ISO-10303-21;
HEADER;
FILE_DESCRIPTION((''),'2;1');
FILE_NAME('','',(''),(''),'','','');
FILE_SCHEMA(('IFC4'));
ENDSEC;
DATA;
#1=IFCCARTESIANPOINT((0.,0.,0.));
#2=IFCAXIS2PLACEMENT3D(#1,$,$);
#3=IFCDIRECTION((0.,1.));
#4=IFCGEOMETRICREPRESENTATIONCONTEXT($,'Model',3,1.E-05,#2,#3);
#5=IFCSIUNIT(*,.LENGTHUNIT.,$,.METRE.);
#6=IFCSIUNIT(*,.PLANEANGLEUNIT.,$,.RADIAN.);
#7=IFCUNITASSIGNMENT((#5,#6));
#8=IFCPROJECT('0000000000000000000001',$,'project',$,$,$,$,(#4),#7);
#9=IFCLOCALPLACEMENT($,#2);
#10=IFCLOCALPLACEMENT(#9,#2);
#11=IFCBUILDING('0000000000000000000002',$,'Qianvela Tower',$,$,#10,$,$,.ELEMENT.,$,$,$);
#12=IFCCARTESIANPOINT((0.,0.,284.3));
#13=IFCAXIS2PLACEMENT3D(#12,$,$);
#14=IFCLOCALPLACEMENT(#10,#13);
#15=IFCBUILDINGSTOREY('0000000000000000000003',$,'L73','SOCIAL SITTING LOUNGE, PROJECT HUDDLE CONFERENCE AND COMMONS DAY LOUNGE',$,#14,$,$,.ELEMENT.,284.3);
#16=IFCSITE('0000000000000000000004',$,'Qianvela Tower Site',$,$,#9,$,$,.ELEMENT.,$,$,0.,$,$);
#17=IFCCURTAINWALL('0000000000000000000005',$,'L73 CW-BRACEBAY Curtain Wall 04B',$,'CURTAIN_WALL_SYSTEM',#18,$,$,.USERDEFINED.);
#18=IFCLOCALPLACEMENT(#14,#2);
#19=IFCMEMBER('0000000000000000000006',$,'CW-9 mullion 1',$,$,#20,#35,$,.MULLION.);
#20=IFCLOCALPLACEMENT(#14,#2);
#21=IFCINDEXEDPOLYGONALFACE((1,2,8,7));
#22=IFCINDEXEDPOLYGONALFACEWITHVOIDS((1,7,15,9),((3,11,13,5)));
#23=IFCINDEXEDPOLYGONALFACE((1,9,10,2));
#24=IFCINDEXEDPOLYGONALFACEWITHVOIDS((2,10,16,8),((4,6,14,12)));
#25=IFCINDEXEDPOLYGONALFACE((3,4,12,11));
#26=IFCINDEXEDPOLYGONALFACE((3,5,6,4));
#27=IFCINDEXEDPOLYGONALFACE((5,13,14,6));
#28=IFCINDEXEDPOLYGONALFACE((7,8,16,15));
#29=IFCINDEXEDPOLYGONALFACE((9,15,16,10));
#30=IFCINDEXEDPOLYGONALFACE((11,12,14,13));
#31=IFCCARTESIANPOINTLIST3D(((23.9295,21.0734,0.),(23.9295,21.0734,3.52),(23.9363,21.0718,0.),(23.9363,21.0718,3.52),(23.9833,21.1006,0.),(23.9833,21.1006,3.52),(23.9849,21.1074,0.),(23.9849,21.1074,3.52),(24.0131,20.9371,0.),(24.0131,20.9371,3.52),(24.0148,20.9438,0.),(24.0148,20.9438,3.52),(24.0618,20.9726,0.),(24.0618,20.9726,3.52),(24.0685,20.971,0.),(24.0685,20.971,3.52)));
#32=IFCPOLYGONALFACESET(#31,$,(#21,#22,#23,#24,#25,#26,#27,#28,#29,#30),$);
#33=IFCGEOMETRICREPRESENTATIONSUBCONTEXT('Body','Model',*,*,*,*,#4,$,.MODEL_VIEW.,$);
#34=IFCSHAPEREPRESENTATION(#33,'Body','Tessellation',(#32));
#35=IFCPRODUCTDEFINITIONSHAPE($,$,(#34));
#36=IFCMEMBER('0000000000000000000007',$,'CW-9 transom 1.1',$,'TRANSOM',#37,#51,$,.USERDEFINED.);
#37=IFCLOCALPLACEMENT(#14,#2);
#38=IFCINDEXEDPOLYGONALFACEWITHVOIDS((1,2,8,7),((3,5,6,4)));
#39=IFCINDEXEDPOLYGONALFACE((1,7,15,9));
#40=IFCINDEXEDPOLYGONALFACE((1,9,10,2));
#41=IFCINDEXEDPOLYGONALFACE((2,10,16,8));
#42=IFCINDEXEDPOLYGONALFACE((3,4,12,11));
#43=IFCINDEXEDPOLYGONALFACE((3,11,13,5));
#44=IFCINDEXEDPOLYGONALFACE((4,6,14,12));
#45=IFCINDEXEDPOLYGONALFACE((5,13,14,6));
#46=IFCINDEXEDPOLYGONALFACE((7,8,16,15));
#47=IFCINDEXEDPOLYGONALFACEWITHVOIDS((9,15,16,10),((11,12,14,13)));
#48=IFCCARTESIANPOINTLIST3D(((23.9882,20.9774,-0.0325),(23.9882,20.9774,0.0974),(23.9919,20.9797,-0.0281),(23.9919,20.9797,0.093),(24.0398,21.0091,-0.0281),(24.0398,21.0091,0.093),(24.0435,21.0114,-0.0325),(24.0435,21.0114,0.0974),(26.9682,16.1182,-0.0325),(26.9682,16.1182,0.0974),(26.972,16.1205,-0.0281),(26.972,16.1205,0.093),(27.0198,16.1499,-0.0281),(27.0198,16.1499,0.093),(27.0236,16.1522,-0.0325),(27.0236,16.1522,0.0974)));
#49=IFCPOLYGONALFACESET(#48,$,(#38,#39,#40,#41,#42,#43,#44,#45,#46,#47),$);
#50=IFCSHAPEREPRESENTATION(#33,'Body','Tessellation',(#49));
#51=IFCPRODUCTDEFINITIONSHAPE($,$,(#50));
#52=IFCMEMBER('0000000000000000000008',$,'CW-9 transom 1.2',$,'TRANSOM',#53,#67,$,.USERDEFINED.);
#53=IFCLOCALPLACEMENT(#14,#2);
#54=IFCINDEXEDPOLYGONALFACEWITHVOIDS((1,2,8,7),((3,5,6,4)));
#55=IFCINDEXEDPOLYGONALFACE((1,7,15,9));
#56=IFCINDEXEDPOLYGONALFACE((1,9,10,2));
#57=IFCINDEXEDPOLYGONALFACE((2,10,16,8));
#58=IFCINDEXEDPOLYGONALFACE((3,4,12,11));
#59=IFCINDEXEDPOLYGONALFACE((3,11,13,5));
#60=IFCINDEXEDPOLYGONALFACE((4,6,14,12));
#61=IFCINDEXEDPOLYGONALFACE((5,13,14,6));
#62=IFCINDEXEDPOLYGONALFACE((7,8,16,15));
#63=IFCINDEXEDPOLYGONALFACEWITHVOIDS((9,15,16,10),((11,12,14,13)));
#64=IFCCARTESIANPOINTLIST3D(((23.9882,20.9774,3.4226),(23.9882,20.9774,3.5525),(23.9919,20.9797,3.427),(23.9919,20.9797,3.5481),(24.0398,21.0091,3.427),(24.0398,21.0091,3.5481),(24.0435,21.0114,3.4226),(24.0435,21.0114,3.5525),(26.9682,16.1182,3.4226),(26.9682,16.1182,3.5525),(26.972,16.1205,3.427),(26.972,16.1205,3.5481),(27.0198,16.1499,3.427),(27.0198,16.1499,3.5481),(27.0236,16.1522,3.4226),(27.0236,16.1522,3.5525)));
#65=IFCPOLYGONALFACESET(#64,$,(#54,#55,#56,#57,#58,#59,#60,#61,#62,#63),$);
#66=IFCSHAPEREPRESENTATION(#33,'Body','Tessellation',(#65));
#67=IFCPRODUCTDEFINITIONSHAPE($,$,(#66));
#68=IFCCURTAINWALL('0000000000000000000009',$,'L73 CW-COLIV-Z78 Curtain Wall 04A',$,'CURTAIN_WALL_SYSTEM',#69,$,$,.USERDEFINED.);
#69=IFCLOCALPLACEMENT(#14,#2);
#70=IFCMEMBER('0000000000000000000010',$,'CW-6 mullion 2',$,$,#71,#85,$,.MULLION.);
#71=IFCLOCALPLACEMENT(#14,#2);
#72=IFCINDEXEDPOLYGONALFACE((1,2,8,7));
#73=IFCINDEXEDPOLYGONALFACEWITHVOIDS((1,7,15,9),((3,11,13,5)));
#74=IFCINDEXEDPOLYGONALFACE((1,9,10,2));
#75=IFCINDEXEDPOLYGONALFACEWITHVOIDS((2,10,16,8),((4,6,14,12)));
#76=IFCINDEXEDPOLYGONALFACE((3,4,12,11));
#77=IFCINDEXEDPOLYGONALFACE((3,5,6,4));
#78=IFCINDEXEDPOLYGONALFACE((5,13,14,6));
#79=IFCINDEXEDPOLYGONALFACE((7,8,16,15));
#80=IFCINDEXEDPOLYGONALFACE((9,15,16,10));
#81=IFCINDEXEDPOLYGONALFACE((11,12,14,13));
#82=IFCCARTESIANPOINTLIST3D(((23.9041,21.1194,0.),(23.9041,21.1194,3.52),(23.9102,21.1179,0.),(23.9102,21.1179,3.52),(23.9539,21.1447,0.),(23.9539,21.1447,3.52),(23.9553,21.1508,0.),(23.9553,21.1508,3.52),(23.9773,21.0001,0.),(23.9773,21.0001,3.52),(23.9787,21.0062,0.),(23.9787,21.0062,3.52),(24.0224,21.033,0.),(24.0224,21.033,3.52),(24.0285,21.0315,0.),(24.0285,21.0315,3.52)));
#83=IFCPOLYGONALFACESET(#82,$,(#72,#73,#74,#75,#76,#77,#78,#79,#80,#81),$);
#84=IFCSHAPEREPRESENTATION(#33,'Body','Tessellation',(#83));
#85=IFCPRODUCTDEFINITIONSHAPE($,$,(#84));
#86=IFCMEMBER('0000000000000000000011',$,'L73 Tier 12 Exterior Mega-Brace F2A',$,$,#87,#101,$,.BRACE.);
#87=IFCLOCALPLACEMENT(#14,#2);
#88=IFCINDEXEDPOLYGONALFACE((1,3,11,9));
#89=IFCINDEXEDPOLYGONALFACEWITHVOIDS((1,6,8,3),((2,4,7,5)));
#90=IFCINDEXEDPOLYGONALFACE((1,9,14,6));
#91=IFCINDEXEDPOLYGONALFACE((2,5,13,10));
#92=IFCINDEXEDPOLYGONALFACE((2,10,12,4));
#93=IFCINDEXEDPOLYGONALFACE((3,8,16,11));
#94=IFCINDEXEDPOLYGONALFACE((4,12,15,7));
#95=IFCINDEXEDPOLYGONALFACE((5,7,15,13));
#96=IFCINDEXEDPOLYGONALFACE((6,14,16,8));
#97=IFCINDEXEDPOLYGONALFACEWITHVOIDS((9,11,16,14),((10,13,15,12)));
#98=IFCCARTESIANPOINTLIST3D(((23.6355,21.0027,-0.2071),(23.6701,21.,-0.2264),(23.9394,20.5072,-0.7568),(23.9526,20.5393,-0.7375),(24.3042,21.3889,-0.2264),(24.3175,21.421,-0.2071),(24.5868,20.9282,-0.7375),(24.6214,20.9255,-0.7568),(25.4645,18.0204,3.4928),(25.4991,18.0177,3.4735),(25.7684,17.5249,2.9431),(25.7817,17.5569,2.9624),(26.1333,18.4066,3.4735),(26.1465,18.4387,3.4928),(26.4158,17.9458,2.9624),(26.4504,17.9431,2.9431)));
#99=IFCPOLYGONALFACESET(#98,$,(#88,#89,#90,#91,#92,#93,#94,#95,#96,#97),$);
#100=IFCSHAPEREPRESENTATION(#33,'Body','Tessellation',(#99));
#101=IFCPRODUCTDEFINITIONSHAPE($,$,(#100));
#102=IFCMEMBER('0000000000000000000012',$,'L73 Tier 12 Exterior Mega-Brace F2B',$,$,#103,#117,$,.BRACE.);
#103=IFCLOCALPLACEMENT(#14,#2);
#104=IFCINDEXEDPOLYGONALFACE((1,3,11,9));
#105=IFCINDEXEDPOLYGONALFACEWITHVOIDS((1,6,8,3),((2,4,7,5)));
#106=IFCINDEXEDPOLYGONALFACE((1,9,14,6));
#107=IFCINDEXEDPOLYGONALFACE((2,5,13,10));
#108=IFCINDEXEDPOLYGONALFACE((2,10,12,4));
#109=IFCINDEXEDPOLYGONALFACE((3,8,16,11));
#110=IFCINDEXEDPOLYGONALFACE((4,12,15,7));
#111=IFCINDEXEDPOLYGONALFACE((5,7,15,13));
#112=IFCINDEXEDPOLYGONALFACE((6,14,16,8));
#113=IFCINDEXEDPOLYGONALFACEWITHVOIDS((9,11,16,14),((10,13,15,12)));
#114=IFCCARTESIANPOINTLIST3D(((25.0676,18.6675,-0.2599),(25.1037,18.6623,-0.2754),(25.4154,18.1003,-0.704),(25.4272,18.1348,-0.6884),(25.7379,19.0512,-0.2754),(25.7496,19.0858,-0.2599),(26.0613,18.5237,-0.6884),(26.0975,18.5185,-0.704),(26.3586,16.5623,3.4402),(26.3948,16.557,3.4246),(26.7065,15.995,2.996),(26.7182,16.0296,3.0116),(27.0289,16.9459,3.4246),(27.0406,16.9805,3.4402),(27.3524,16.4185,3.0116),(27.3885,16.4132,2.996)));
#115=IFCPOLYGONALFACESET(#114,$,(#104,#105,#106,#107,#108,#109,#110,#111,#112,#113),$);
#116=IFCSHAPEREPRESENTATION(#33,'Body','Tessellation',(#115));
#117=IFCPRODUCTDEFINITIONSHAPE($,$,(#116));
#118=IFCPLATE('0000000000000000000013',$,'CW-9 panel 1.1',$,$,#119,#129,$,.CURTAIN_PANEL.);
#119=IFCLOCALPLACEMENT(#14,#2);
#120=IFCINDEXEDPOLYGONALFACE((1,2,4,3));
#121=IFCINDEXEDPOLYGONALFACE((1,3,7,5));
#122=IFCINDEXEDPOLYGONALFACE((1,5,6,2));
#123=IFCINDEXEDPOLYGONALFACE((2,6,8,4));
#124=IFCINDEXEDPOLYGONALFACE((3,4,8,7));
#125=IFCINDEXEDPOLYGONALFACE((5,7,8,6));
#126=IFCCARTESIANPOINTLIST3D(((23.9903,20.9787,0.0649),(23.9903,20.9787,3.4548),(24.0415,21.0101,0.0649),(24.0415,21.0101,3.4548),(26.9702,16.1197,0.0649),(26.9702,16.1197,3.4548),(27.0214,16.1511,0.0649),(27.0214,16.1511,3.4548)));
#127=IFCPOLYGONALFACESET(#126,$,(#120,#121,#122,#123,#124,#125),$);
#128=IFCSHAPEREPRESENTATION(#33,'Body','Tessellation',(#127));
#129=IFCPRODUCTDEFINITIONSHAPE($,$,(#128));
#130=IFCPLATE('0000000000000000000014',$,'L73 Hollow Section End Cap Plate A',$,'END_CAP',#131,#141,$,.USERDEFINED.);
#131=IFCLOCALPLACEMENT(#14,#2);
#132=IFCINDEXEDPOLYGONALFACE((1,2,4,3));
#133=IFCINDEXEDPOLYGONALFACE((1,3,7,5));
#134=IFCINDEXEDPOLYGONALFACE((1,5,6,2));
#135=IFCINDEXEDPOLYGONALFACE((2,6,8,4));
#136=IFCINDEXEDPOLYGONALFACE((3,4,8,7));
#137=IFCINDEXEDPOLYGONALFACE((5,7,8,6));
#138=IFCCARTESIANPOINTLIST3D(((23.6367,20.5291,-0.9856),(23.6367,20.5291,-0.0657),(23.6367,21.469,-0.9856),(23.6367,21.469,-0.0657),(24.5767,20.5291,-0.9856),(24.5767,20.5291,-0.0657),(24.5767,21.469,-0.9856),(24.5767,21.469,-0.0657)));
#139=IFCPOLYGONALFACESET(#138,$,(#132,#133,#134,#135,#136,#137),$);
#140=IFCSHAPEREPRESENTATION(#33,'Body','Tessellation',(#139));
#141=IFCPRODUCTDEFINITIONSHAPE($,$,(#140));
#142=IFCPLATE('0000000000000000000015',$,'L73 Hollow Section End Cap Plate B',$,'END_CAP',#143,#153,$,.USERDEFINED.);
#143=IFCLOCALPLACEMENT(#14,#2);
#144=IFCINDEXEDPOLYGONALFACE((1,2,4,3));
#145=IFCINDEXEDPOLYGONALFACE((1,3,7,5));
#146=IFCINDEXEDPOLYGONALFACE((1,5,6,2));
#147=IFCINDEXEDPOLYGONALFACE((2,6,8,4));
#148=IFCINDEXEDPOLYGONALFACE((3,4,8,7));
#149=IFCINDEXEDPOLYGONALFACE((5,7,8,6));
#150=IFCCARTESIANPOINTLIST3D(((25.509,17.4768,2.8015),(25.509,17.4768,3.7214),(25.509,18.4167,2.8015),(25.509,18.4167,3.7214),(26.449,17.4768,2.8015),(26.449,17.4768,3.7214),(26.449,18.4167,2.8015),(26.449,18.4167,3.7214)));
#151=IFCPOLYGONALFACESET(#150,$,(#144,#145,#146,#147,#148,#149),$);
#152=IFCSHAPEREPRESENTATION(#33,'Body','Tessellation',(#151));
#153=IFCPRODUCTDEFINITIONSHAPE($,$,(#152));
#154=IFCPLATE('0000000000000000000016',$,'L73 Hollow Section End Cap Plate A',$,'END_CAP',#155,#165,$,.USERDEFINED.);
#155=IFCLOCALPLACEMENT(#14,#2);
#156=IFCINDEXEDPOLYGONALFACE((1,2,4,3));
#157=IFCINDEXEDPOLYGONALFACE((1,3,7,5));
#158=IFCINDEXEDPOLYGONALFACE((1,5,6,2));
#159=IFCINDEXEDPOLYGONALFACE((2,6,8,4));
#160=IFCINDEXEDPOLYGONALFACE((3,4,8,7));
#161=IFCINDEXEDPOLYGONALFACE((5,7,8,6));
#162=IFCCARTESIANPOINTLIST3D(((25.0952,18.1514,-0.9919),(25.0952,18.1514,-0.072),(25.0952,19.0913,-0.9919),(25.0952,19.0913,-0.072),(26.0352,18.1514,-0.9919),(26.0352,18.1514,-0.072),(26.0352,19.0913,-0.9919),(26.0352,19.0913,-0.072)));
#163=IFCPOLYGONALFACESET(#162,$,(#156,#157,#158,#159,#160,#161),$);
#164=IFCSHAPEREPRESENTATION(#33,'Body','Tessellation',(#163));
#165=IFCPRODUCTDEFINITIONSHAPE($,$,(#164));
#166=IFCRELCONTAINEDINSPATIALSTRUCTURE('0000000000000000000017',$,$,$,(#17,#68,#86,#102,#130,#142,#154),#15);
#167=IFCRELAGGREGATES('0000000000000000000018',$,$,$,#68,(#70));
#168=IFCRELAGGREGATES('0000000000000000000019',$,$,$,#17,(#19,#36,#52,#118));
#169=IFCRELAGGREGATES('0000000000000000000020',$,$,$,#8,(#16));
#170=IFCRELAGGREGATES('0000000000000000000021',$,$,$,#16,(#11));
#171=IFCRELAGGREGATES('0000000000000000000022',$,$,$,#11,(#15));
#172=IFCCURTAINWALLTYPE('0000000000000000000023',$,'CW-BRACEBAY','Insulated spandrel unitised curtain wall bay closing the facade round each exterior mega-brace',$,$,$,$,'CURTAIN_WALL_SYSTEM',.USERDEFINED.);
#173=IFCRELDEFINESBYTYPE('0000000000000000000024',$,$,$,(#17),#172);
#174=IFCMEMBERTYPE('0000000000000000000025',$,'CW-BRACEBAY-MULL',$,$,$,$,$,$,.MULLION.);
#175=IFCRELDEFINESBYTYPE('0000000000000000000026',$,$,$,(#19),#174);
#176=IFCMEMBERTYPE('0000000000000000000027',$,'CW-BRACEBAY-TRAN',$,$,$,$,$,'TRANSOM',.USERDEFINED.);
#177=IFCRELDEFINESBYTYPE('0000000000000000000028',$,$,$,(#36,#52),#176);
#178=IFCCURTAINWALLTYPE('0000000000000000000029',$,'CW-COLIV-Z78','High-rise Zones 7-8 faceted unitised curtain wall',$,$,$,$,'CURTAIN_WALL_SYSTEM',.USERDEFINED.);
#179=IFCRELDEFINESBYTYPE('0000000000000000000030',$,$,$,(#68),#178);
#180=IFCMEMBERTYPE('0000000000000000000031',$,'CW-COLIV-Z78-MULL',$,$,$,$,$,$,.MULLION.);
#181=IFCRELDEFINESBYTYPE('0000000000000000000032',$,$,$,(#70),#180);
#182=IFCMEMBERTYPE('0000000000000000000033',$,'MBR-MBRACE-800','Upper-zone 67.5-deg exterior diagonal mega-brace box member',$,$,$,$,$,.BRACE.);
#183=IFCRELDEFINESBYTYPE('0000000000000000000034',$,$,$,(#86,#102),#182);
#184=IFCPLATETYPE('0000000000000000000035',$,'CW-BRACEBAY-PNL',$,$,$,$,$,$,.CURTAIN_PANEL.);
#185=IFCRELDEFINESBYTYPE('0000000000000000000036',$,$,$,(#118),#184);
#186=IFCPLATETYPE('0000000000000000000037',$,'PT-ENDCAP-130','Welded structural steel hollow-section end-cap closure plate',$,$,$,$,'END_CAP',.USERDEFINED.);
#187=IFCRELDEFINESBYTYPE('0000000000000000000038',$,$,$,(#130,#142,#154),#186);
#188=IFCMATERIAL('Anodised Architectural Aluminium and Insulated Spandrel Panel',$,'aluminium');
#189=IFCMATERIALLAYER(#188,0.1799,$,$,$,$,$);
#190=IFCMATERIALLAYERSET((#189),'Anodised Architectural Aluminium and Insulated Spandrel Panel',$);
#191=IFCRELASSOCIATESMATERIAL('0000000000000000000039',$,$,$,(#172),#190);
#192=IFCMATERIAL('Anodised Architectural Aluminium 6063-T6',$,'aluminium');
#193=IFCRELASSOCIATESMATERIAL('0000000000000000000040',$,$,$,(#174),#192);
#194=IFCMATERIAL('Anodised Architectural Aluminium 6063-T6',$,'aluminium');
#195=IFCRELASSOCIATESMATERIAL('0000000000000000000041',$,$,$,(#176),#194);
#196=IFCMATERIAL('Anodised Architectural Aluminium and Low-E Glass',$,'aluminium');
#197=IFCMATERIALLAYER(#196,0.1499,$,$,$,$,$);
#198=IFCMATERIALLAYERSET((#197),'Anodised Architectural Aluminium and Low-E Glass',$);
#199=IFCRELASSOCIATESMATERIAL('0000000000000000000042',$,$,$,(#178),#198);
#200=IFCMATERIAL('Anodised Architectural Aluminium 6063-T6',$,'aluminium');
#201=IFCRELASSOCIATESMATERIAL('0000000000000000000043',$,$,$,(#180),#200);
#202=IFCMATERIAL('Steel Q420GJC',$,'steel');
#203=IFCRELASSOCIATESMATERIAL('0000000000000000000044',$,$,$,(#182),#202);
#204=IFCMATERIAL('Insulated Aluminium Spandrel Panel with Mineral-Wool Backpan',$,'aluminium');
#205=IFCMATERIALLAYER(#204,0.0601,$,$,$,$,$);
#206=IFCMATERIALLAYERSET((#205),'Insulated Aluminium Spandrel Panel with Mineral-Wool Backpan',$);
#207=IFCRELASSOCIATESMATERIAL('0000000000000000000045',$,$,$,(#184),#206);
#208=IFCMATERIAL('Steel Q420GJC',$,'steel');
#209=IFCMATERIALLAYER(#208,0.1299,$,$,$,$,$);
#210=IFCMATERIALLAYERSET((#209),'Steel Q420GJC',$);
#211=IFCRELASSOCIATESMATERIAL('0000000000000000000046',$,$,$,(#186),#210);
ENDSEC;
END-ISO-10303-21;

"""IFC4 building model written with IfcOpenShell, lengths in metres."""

from ifc_helpers import new_model, si_unit, direction, frame, origin, origin_2d, place, context, subcontext, project, spatial, rectangle, hollow_rectangle, extrude, material, layer, layer_set, material_profile, profile_set, type_object, element, aggregate, save


model = new_model("IFC4")

# Units and contexts
model_context = context("Model", 3, precision=1e-05, world=origin(), true_north=direction((0.0, 1.0)))
body_context = subcontext(model_context, "Body", "Model", "MODEL_VIEW")
ifc_project = project(units=[si_unit("LENGTHUNIT", "METRE"), si_unit("PLANEANGLEUNIT", "RADIAN")], contexts=[model_context])

# Site, building, storey
site_placement = place(None, origin())
site = spatial("IfcSite", under=ifc_project, at=site_placement, Name="Qianvela Tower Site", CompositionType="ELEMENT", RefElevation=0.0)
building_placement = place(site_placement, origin())
building = spatial("IfcBuilding", under=site, at=building_placement, Name="Qianvela Tower", CompositionType="ELEMENT")
storey_placement = place(building_placement, frame((0.0, 0.0, 284.3)))
storey = spatial("IfcBuildingStorey", under=building, at=storey_placement, Name="L73", Description="SOCIAL SITTING LOUNGE, PROJECT HUDDLE CONFERENCE AND COMMONS DAY LOUNGE", CompositionType="ELEMENT", Elevation=284.3)

# Curtain wall, members
ifc_material_1 = material(Name="Anodised Architectural Aluminium and Insulated Spandrel Panel", Category="aluminium")
ifc_layer_1 = layer(ifc_material_1, 0.1799)
ifc_layer_set_1 = layer_set([ifc_layer_1], Name="Anodised Architectural Aluminium and Insulated Spandrel Panel")
curtain_wall_type_1 = type_object("IfcCurtainWallType", Name="CW-BRACEBAY", Description="Insulated spandrel unitised curtain wall bay closing the facade round each exterior mega-brace", ElementType="CURTAIN_WALL_SYSTEM", PredefinedType="USERDEFINED", material=ifc_layer_set_1)
curtain_wall_1_placement = place(storey_placement, origin())
curtain_wall_1 = element("IfcCurtainWall", 1, at=curtain_wall_1_placement, inside=storey, type_object=curtain_wall_type_1, Name="L73 CW-BRACEBAY Curtain Wall 04B", ObjectType="CURTAIN_WALL_SYSTEM", PredefinedType="USERDEFINED")
ifc_material_2 = material(Name="Anodised Architectural Aluminium 6063-T6", Category="aluminium")
ifc_material_profile_1 = material_profile(ifc_material_2, hollow_rectangle(XDim=0.0649, YDim=0.1599, WallThickness=0.0049, at=origin_2d()), Name="ALU-MULL-65x160")
ifc_profile_set_1 = profile_set([ifc_material_profile_1], Name="Anodised Architectural Aluminium 6063-T6")
member_type_1 = type_object("IfcMemberType", Name="CW-BRACEBAY-MULL", PredefinedType="MULLION", material=ifc_profile_set_1)
member_1_placement = place(storey_placement, frame((23.999, 21.0222, 0.0), z_axis=(0.0, 0.0, 1.0), x_axis=(0.852461, 0.52279, 0.0)))
member_1 = element("IfcMember", 2, at=member_1_placement, type_object=member_type_1, Name="CW-9 mullion 1", PredefinedType="MULLION", context=body_context, shape_type="SweptSolid", body=[
    extrude(hollow_rectangle(XDim=0.0649, YDim=0.1599, WallThickness=0.0049, at=origin_2d()), origin(), (0.0, 0.0, 1.0), 3.52),
])
ifc_material_3 = material(Name="Anodised Architectural Aluminium 6063-T6", Category="aluminium")
ifc_material_profile_2 = material_profile(ifc_material_3, hollow_rectangle(XDim=0.0649, YDim=0.1299, WallThickness=0.0044, at=origin_2d()), Name="ALU-TRAN-65x130")
ifc_profile_set_2 = profile_set([ifc_material_profile_2], Name="Anodised Architectural Aluminium 6063-T6")
member_type_2 = type_object("IfcMemberType", Name="CW-BRACEBAY-TRAN", ElementType="TRANSOM", PredefinedType="USERDEFINED", material=ifc_profile_set_2)
member_2_placement = place(storey_placement, frame((24.0159, 20.9944, 0.0325), z_axis=(0.522792, -0.85246, 0.0), x_axis=(0.85246, 0.522792, 0.0)))
member_2 = element("IfcMember", 3, at=member_2_placement, type_object=member_type_2, Name="CW-9 transom 1.1", ObjectType="TRANSOM", PredefinedType="USERDEFINED", context=body_context, shape_type="SweptSolid", body=[
    extrude(hollow_rectangle(XDim=0.0649, YDim=0.1299, WallThickness=0.0044, at=origin_2d()), origin(), (0.0, 0.0, 1.0), 5.7002),
])
member_3_placement = place(storey_placement, frame((24.0159, 20.9944, 3.4875), z_axis=(0.522792, -0.85246, 0.0), x_axis=(0.85246, 0.522792, 0.0)))
member_3 = element("IfcMember", 4, at=member_3_placement, type_object=member_type_2, Name="CW-9 transom 1.2", ObjectType="TRANSOM", PredefinedType="USERDEFINED", context=body_context, shape_type="SweptSolid", body=[
    extrude(hollow_rectangle(XDim=0.0649, YDim=0.1299, WallThickness=0.0044, at=origin_2d()), origin(), (0.0, 0.0, 1.0), 5.7002),
])

# Curtain wall, member
ifc_material_4 = material(Name="Anodised Architectural Aluminium and Low-E Glass", Category="aluminium")
ifc_layer_2 = layer(ifc_material_4, 0.1499)
ifc_layer_set_2 = layer_set([ifc_layer_2], Name="Anodised Architectural Aluminium and Low-E Glass")
curtain_wall_type_2 = type_object("IfcCurtainWallType", Name="CW-COLIV-Z78", Description="High-rise Zones 7-8 faceted unitised curtain wall", ElementType="CURTAIN_WALL_SYSTEM", PredefinedType="USERDEFINED", material=ifc_layer_set_2)
curtain_wall_2_placement = place(storey_placement, origin())
curtain_wall_2 = element("IfcCurtainWall", 5, at=curtain_wall_2_placement, inside=storey, type_object=curtain_wall_type_2, Name="L73 CW-COLIV-Z78 Curtain Wall 04A", ObjectType="CURTAIN_WALL_SYSTEM", PredefinedType="USERDEFINED")
ifc_material_5 = material(Name="Anodised Architectural Aluminium 6063-T6", Category="aluminium")
ifc_material_profile_3 = material_profile(ifc_material_5, hollow_rectangle(XDim=0.0601, YDim=0.1399, WallThickness=0.0044, at=origin_2d()), Name="ALU-MULL-60x140")
ifc_profile_set_3 = profile_set([ifc_material_profile_3], Name="Anodised Architectural Aluminium 6063-T6")
member_type_3 = type_object("IfcMemberType", Name="CW-COLIV-Z78-MULL", PredefinedType="MULLION", material=ifc_profile_set_3)
member_4_placement = place(storey_placement, frame((23.9663, 21.0754, 0.0), z_axis=(0.0, 0.0, 1.0), x_axis=(0.852457, 0.522798, 0.0)))
member_4 = element("IfcMember", 6, at=member_4_placement, type_object=member_type_3, Name="CW-6 mullion 2", PredefinedType="MULLION", context=body_context, shape_type="SweptSolid", body=[
    extrude(hollow_rectangle(XDim=0.0601, YDim=0.1399, WallThickness=0.0044, at=origin_2d()), origin(), (0.0, 0.0, 1.0), 3.52),
])
aggregate(curtain_wall_2, [member_4])

# Members
ifc_material_6 = material(Name="Steel Q420GJC", Category="steel")
ifc_material_profile_4 = material_profile(ifc_material_6, hollow_rectangle(XDim=0.8, YDim=0.8, WallThickness=0.0281, at=origin_2d()), Name="MBOX-800x800x28")
ifc_profile_set_4 = profile_set([ifc_material_profile_4], Name="Steel Q420GJC")
member_type_4 = type_object("IfcMemberType", Name="MBR-MBRACE-800", Description="Upper-zone 67.5-deg exterior diagonal mega-brace box member", PredefinedType="BRACE", material=ifc_profile_set_4)
member_5_placement = place(storey_placement, frame((24.1284, 20.9641, -0.4819), z_axis=(0.3592, -0.585689, 0.726598), x_axis=(0.852453, 0.522804, 0.0)))
element("IfcMember", 7, at=member_5_placement, inside=storey, type_object=member_type_4, Name="L73 Tier 12 Exterior Mega-Brace F2A", PredefinedType="BRACE", context=body_context, shape_type="SweptSolid", body=[
    extrude(hollow_rectangle(XDim=0.8, YDim=0.8, WallThickness=0.0281, at=origin_2d()), origin(), (0.0, 0.0, 1.0), 5.092),
])
member_6_placement = place(storey_placement, frame((25.5825, 18.593, -0.4819), z_axis=(0.29022, -0.473254, 0.831747), x_axis=(0.852472, 0.522773, 0.0)))
element("IfcMember", 8, at=member_6_placement, inside=storey, type_object=member_type_4, Name="L73 Tier 12 Exterior Mega-Brace F2B", PredefinedType="BRACE", context=body_context, shape_type="SweptSolid", body=[
    extrude(hollow_rectangle(XDim=0.8, YDim=0.8, WallThickness=0.0281, at=origin_2d()), origin(), (0.0, 0.0, 1.0), 4.4485),
])

# Plate
ifc_material_7 = material(Name="Insulated Aluminium Spandrel Panel with Mineral-Wool Backpan", Category="aluminium")
ifc_layer_3 = layer(ifc_material_7, 0.0601)
ifc_layer_set_3 = layer_set([ifc_layer_3], Name="Insulated Aluminium Spandrel Panel with Mineral-Wool Backpan")
plate_type_1 = type_object("IfcPlateType", Name="CW-BRACEBAY-PNL", PredefinedType="CURTAIN_PANEL", material=ifc_layer_set_3)
plate_placement = place(storey_placement, frame((25.5059, 18.5649, 0.0649), z_axis=(0.0, 0.0, 1.0), x_axis=(0.52279, -0.852461, 0.0)))
plate = element("IfcPlate", 9, at=plate_placement, type_object=plate_type_1, Name="CW-9 panel 1.1", PredefinedType="CURTAIN_PANEL", context=body_context, shape_type="SweptSolid", body=[
    extrude(rectangle(XDim=5.7, YDim=0.0601, at=origin_2d()), origin(), (0.0, 0.0, 1.0), 3.3899),
])
aggregate(curtain_wall_1, [member_1, member_2, member_3, plate])

# Plates
ifc_material_8 = material(Name="Steel Q420GJC", Category="steel")
ifc_layer_4 = layer(ifc_material_8, 0.1299)
ifc_layer_set_4 = layer_set([ifc_layer_4], Name="Steel Q420GJC")
plate_type_2 = type_object("IfcPlateType", Name="PT-ENDCAP-130", Description="Welded structural steel hollow-section end-cap closure plate", ElementType="END_CAP", PredefinedType="USERDEFINED", material=ifc_layer_set_4)
for number, where, z_axis, x_axis, name in (
    (10, (24.1067, 20.999, -0.9856), (0.0, 0.0, 1.0), (1.0, 0.0, 0.0), "L73 Hollow Section End Cap Plate A"),
    (11, (25.979, 17.9468, 2.8015), (0.0, 0.0, 1.0), (1.0, 0.0, 0.0), "L73 Hollow Section End Cap Plate B"),
    (12, (25.5652, 18.6213, -0.9919), (0.0, 0.0, 1.0), (1.0, 0.0, 0.0), "L73 Hollow Section End Cap Plate A"),
):
    element("IfcPlate", number, at=place(storey_placement, frame(where, z_axis=z_axis, x_axis=x_axis)), inside=storey, type_object=plate_type_2, Name=name, ObjectType="END_CAP", PredefinedType="USERDEFINED", context=body_context, shape_type="SweptSolid", body=[
        extrude(rectangle(XDim=0.9399, YDim=0.9399, at=origin_2d()), origin(), (0.0, 0.0, 1.0), 0.9199),
    ])

save(model, "model.ifc")
